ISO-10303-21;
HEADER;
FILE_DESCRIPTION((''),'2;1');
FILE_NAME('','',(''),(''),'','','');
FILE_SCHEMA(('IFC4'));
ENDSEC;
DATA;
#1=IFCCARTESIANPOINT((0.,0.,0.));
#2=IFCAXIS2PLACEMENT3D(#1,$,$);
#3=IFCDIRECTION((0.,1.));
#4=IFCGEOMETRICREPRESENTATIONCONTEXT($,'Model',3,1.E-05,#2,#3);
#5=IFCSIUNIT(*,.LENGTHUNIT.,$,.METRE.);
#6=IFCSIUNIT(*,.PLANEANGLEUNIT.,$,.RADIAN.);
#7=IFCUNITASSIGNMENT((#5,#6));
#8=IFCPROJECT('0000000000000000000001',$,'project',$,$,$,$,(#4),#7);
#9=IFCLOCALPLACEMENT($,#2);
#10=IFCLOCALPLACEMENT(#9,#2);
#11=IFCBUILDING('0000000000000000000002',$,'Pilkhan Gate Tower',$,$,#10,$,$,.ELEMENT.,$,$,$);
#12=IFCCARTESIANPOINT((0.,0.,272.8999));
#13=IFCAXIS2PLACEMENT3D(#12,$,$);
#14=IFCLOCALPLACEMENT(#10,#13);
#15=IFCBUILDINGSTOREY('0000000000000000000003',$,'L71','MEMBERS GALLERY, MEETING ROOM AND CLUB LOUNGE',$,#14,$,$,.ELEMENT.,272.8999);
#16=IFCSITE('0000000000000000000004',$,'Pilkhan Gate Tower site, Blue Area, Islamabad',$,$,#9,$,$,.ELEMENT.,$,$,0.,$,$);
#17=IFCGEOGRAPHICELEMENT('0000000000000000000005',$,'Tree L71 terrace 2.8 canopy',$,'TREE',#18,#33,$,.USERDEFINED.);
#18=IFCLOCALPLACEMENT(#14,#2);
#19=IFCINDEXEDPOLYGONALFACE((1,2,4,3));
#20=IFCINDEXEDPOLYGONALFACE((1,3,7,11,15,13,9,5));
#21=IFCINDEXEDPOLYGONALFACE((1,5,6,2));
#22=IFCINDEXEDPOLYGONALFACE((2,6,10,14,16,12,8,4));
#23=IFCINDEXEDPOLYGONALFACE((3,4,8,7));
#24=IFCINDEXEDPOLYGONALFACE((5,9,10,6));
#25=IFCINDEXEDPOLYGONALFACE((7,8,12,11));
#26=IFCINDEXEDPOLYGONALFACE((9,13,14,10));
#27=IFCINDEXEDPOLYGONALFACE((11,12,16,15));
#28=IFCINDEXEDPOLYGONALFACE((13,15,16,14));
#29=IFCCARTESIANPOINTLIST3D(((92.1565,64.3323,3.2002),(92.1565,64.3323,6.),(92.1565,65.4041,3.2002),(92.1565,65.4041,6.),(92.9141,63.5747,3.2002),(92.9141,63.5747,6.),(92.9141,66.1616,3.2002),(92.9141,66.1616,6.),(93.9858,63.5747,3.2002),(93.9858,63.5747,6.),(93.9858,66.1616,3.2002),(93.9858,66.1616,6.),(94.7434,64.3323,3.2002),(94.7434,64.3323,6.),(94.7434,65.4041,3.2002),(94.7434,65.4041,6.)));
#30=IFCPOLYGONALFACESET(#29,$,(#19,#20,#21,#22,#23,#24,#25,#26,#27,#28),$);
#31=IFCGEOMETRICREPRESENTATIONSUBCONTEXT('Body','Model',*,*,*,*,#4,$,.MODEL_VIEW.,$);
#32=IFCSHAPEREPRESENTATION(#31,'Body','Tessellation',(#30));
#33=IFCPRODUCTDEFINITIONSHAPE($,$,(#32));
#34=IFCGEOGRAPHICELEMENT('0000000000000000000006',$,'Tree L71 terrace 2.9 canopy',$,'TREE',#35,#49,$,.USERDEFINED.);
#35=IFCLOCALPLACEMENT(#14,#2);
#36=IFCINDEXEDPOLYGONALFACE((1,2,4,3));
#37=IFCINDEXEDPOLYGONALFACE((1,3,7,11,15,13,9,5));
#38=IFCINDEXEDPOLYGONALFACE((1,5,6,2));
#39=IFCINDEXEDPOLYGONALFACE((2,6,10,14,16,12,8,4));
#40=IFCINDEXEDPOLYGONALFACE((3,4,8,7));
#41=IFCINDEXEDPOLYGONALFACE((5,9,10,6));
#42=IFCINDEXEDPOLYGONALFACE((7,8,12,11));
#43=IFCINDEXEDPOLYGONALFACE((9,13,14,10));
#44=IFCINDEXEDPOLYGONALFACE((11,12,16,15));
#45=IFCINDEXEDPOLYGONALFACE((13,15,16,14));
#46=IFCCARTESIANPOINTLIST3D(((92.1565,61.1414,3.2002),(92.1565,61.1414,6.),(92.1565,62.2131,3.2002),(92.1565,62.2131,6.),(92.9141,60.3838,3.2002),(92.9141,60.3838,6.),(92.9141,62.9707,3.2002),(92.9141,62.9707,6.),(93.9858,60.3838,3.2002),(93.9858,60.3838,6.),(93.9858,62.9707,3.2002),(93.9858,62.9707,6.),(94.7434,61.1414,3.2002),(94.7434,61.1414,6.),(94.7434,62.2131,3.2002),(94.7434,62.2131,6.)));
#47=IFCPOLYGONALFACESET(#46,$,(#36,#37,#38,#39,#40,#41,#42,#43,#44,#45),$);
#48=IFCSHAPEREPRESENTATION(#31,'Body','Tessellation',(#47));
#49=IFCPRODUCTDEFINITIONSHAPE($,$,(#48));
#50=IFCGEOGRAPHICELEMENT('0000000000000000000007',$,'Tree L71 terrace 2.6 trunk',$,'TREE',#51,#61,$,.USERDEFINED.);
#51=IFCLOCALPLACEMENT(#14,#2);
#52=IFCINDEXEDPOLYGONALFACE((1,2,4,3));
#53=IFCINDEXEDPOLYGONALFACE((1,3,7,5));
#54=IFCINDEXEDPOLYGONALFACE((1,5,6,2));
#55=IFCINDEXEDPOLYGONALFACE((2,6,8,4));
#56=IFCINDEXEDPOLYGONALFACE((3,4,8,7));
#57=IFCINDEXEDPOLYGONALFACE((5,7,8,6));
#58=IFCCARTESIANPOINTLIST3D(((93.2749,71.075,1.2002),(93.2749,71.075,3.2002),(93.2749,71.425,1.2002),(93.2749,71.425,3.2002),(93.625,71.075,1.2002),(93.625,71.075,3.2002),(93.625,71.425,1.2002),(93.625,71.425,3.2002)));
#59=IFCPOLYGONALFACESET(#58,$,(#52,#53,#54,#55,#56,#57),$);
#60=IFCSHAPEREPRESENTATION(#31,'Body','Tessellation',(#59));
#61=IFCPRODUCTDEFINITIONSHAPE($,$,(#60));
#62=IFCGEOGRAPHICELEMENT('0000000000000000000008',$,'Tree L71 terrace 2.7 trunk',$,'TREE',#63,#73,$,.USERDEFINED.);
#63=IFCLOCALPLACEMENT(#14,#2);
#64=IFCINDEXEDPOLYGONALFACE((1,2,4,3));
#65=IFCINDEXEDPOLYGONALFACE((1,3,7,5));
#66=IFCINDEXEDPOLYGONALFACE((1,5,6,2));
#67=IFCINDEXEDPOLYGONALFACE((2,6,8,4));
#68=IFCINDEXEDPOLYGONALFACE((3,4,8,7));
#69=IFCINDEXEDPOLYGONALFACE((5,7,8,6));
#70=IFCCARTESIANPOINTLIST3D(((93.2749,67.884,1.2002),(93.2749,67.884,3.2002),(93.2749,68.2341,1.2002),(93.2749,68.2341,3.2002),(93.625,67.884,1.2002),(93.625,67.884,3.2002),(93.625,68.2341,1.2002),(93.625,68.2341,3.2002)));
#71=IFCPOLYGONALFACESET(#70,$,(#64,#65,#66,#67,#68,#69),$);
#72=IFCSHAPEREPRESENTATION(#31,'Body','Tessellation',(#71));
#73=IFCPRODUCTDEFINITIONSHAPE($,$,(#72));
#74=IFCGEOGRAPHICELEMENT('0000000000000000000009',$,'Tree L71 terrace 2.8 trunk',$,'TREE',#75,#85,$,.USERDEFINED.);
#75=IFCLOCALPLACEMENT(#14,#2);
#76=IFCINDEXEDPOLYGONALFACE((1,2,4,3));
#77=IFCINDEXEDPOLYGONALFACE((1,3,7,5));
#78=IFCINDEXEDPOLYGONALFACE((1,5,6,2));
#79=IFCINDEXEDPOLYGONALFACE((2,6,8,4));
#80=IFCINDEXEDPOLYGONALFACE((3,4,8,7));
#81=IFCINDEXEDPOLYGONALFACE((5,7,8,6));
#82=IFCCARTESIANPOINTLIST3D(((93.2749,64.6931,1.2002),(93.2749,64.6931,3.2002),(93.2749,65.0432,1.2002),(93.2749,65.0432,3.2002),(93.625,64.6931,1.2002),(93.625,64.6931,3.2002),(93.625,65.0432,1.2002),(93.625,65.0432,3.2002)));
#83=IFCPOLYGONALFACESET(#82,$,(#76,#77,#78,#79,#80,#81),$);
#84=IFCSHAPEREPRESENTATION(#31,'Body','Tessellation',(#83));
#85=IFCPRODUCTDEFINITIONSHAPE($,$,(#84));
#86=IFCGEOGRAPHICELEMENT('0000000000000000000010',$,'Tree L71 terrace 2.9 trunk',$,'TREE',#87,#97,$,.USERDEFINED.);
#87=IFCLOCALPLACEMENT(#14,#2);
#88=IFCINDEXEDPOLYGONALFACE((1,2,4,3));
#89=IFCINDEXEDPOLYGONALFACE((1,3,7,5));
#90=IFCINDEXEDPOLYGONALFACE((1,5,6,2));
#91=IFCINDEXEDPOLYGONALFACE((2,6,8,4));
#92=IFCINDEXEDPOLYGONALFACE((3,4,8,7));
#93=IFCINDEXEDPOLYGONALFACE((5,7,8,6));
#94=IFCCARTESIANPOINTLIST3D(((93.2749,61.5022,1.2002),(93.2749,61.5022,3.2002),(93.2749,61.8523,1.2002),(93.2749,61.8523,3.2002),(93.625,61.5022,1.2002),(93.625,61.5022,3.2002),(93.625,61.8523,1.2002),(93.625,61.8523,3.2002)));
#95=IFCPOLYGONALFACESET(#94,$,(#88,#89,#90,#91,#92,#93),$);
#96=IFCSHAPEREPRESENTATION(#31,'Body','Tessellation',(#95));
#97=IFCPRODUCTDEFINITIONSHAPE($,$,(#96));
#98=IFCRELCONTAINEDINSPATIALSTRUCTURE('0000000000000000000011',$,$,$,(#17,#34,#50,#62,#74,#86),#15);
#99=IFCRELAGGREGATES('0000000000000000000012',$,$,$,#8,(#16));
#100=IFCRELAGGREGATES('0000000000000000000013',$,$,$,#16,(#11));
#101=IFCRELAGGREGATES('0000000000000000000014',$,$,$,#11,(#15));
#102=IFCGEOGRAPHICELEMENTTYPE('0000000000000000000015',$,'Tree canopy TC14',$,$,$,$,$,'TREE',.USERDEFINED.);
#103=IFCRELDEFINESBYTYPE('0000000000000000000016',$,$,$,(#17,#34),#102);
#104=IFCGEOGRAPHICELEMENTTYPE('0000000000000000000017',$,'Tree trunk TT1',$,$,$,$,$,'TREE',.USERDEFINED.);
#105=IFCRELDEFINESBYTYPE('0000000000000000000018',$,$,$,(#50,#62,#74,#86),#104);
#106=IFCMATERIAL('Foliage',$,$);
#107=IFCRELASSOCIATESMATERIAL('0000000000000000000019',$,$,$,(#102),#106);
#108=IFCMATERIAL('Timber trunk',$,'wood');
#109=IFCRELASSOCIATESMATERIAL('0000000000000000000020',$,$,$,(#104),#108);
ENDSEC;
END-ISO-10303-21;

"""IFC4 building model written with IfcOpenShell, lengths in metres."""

from ifc_helpers import new_model, si_unit, direction, frame, origin, origin_2d, place, context, subcontext, project, spatial, polyline, rectangle, outline, extrude, material, material_profile, profile_set, type_object, element, save


model = new_model("IFC4")

# Units and contexts
model_context = context("Model", 3, precision=1e-05, world=origin(), true_north=direction((0.0, 1.0)))
body_context = subcontext(model_context, "Body", "Model", "MODEL_VIEW")
ifc_project = project(units=[si_unit("LENGTHUNIT", "METRE"), si_unit("PLANEANGLEUNIT", "RADIAN")], contexts=[model_context])

# Site, building, storey
site_placement = place(None, origin())
site = spatial("IfcSite", under=ifc_project, at=site_placement, Name="Pilkhan Gate Tower site, Blue Area, Islamabad", CompositionType="ELEMENT", RefElevation=0.0)
building_placement = place(site_placement, origin())
building = spatial("IfcBuilding", under=site, at=building_placement, Name="Pilkhan Gate Tower", CompositionType="ELEMENT")
storey_placement = place(building_placement, frame((0.0, 0.0, 272.8999)))
storey = spatial("IfcBuildingStorey", under=building, at=storey_placement, Name="L71", Description="MEMBERS GALLERY, MEETING ROOM AND CLUB LOUNGE", CompositionType="ELEMENT", Elevation=272.8999)

# Geographic elements
ifc_material_1 = material(Name="Foliage")
ifc_material_profile_1 = material_profile(ifc_material_1, outline(polyline([(1.2935, 0.5359), (0.5359, 1.2935), (-0.5359, 1.2935), (-1.2935, 0.5359), (-1.2935, -0.5359), (-0.5359, -1.2935), (0.5359, -1.2935), (1.2935, -0.5359), (1.2935, 0.5359)])), Name="Canopy D2.8")
ifc_profile_set_1 = profile_set([ifc_material_profile_1], Name="Foliage")
geographic_element_type_1 = type_object("IfcGeographicElementType", Name="Tree canopy TC14", ElementType="TREE", PredefinedType="USERDEFINED", material=ifc_profile_set_1)
for number, where, z_axis, x_axis, name in (
    (1, (93.45, 64.8682, 3.2002), (0.0, 0.0, 1.0), (1.0, 0.0, 0.0), "Tree L71 terrace 2.8 canopy"),
    (2, (93.45, 61.6772, 3.2002), (0.0, 0.0, 1.0), (1.0, 0.0, 0.0), "Tree L71 terrace 2.9 canopy"),
):
    element("IfcGeographicElement", number, at=place(storey_placement, frame(where, z_axis=z_axis, x_axis=x_axis)), inside=storey, type_object=geographic_element_type_1, Name=name, ObjectType="TREE", PredefinedType="USERDEFINED", context=body_context, shape_type="SweptSolid", body=[
        extrude(outline(polyline([(1.2935, 0.5359), (0.5359, 1.2935), (-0.5359, 1.2935), (-1.2935, 0.5359), (-1.2935, -0.5359), (-0.5359, -1.2935), (0.5359, -1.2935), (1.2935, -0.5359), (1.2935, 0.5359)])), origin(), (0.0, 0.0, 1.0), 2.7998),
    ])
ifc_material_2 = material(Name="Timber trunk", Category="wood")
geographic_element_type_2 = type_object("IfcGeographicElementType", Name="Tree trunk TT1", ElementType="TREE", PredefinedType="USERDEFINED", material=ifc_material_2)
for number, where, z_axis, x_axis, name in (
    (3, (93.45, 71.25, 1.2002), (0.0, 0.0, 1.0), (1.0, 0.0, 0.0), "Tree L71 terrace 2.6 trunk"),
    (4, (93.45, 68.0591, 1.2002), (0.0, 0.0, 1.0), (1.0, 0.0, 0.0), "Tree L71 terrace 2.7 trunk"),
    (5, (93.45, 64.8682, 1.2002), (0.0, 0.0, 1.0), (1.0, 0.0, 0.0), "Tree L71 terrace 2.8 trunk"),
    (6, (93.45, 61.6772, 1.2002), (0.0, 0.0, 1.0), (1.0, 0.0, 0.0), "Tree L71 terrace 2.9 trunk"),
):
    element("IfcGeographicElement", number, at=place(storey_placement, frame(where, z_axis=z_axis, x_axis=x_axis)), inside=storey, type_object=geographic_element_type_2, Name=name, ObjectType="TREE", PredefinedType="USERDEFINED", context=body_context, shape_type="SweptSolid", body=[
        extrude(rectangle(XDim=0.3501, YDim=0.3501, at=origin_2d()), origin(), (0.0, 0.0, 1.0), 2.0),
    ])

save(model, "model.ifc")
